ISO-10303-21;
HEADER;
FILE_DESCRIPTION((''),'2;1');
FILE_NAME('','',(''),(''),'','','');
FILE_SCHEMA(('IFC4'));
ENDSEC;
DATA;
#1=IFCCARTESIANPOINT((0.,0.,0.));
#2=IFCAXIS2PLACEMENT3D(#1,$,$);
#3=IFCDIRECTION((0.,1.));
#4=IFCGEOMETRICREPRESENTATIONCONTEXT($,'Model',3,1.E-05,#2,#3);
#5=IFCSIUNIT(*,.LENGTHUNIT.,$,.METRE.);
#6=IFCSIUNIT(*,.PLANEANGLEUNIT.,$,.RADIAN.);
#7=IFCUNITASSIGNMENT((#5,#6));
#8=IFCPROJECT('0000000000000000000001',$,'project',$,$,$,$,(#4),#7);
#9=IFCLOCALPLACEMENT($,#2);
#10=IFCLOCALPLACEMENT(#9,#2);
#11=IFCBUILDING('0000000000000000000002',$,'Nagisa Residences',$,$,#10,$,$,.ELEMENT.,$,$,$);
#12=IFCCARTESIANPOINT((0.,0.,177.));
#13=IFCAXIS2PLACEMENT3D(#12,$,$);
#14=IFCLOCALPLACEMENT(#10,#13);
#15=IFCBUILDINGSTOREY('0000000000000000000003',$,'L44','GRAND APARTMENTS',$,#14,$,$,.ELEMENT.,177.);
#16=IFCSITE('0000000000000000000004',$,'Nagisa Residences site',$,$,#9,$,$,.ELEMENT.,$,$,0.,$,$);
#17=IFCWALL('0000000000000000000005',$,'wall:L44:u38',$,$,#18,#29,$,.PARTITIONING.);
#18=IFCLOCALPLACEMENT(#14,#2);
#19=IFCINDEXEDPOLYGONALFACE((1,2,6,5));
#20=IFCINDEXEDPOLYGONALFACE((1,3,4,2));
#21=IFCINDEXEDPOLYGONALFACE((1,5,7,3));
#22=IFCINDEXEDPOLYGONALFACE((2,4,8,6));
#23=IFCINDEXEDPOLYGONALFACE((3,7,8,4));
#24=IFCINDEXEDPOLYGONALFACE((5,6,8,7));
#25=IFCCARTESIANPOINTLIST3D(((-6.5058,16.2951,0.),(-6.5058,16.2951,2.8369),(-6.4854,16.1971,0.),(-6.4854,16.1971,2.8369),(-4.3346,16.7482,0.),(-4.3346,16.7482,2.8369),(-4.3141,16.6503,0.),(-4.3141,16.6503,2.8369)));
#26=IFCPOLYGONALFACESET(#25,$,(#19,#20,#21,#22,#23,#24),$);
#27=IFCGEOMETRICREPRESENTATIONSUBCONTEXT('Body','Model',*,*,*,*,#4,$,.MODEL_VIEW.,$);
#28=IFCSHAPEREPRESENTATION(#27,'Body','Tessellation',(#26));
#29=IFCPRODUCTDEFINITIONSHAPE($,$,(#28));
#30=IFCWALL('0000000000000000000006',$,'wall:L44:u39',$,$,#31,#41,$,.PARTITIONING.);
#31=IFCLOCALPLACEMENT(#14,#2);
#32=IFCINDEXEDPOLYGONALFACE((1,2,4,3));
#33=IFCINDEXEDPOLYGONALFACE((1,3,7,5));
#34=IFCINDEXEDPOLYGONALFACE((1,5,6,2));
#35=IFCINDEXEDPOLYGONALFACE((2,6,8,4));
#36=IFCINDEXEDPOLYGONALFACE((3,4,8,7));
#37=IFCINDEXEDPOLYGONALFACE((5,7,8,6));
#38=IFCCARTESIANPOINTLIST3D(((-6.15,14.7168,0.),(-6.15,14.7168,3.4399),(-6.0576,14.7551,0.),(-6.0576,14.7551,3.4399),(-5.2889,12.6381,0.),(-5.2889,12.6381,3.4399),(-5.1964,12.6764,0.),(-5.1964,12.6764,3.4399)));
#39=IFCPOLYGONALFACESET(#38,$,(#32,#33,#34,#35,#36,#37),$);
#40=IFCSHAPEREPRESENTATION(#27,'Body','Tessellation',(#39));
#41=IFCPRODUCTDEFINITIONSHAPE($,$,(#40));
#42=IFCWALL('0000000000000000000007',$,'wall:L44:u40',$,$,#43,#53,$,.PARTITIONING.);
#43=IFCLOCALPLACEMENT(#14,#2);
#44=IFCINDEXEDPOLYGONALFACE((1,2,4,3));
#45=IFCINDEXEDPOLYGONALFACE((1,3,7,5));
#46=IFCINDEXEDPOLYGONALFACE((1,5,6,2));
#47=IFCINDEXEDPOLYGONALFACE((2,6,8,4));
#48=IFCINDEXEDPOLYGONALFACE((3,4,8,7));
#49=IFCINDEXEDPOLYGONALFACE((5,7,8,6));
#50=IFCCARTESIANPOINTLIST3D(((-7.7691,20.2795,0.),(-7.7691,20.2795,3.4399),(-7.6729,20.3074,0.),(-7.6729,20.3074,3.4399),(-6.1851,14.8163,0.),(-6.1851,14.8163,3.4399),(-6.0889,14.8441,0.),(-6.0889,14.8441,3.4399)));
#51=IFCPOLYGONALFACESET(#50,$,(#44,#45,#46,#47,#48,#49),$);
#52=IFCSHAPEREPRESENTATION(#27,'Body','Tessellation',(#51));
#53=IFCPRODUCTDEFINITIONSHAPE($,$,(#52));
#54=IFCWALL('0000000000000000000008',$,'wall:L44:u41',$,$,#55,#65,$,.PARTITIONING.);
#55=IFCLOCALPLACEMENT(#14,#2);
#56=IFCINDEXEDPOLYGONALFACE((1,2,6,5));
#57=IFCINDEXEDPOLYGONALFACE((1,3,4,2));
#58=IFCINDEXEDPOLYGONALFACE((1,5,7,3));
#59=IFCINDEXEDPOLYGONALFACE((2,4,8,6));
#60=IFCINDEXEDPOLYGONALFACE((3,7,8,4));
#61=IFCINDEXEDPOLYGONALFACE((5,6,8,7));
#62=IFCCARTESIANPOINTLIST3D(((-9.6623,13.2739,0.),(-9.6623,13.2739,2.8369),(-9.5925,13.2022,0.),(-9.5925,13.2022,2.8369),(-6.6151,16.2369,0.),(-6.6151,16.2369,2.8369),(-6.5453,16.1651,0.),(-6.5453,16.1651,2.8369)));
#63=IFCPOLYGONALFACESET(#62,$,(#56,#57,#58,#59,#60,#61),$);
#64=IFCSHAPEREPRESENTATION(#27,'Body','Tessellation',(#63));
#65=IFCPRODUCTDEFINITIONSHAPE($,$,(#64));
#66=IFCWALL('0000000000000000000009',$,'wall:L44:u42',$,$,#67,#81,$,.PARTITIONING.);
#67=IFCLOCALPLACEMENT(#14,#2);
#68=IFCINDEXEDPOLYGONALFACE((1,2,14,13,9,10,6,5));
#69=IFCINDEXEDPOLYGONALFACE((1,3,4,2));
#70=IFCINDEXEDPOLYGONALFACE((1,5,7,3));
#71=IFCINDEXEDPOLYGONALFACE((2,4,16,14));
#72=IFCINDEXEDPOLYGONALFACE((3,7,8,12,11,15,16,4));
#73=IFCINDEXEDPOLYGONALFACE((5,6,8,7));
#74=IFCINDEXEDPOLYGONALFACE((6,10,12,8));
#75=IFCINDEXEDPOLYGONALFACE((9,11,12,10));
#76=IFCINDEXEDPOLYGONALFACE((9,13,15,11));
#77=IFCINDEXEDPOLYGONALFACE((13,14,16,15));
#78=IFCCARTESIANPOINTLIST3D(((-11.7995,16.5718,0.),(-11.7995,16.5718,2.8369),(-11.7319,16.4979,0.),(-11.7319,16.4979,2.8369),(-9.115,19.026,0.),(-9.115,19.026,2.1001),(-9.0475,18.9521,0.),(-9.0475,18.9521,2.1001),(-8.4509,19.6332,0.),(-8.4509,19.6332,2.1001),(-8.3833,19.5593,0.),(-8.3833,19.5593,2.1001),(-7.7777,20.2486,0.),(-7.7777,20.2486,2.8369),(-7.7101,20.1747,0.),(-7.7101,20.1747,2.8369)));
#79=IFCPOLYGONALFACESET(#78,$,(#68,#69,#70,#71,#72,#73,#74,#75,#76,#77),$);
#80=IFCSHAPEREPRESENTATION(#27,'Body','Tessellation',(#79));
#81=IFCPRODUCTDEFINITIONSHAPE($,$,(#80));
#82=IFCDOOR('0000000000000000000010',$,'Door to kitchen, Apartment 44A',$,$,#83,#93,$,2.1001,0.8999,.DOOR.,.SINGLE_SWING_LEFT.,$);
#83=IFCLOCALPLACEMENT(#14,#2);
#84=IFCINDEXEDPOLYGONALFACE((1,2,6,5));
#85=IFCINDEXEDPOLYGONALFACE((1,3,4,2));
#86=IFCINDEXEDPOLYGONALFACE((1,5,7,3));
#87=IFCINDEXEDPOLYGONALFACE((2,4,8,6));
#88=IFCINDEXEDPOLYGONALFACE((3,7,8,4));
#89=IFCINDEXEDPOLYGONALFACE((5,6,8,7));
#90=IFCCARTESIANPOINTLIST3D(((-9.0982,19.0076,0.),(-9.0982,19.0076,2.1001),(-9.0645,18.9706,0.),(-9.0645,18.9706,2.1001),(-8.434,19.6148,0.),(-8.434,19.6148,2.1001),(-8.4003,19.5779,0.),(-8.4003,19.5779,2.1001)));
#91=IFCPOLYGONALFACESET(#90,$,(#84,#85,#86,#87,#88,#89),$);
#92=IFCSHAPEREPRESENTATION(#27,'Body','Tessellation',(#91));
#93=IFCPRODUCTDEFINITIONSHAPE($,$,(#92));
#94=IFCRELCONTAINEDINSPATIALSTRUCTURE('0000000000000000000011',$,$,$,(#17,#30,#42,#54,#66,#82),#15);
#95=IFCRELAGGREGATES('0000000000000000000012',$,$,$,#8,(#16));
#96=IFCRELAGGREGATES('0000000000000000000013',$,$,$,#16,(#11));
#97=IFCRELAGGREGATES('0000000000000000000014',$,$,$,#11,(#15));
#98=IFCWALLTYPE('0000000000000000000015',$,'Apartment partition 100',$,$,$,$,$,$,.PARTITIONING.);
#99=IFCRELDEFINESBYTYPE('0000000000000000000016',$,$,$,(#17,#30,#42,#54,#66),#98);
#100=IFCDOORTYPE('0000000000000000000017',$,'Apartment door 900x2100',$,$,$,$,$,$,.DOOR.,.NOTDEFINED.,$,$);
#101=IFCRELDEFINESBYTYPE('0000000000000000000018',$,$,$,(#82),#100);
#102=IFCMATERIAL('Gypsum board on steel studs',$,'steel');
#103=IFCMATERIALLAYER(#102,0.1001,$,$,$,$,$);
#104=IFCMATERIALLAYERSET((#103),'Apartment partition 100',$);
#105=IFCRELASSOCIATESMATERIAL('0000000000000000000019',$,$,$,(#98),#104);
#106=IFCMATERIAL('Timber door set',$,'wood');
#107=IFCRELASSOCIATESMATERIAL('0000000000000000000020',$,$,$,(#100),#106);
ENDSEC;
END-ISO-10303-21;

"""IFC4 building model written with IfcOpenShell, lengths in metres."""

from ifc_helpers import new_model, si_unit, direction, frame, frame_2d, origin, place, context, subcontext, project, spatial, rectangle, extrude, material, layer, layer_set, type_object, element, fill, save


model = new_model("IFC4")

# Units and contexts
model_context = context("Model", 3, precision=1e-05, world=origin(), true_north=direction((0.0, 1.0)))
body_context = subcontext(model_context, "Body", "Model", "MODEL_VIEW")
ifc_project = project(units=[si_unit("LENGTHUNIT", "METRE"), si_unit("PLANEANGLEUNIT", "RADIAN")], contexts=[model_context])

# Site, building, storey
site_placement = place(None, origin())
site = spatial("IfcSite", under=ifc_project, at=site_placement, Name="Nagisa Residences site", CompositionType="ELEMENT", RefElevation=0.0)
building_placement = place(site_placement, origin())
building = spatial("IfcBuilding", under=site, at=building_placement, Name="Nagisa Residences", CompositionType="ELEMENT")
storey_placement = place(building_placement, frame((0.0, 0.0, 177.0)))
storey = spatial("IfcBuildingStorey", under=building, at=storey_placement, Name="L44", Description="GRAND APARTMENTS", CompositionType="ELEMENT", Elevation=177.0)

# Shared definitions
ifc_material_1 = material(Name="Gypsum board on steel studs", Category="steel")
ifc_layer_1 = layer(ifc_material_1, 0.1001)
ifc_layer_set_1 = layer_set([ifc_layer_1], Name="Apartment partition 100")
wall_type_1 = type_object("IfcWallType", Name="Apartment partition 100", PredefinedType="PARTITIONING", material=ifc_layer_set_1)
ifc_material_2 = material(Name="Timber door set", Category="wood")
door_type_1 = type_object("IfcDoorType", Name="Apartment door 900x2100", OperationType="NOTDEFINED", PredefinedType="DOOR", material=ifc_material_2)

# Walls
wall_1_placement = place(storey_placement, frame((-4.3245, 16.6992, 0.0), z_axis=(0.0, 0.0, 1.0), x_axis=(-0.978908, -0.204302, 0.0)))
element("IfcWall", 1, at=wall_1_placement, inside=storey, type_object=wall_type_1, Name="wall:L44:u38", PredefinedType="PARTITIONING", context=body_context, shape_type="SweptSolid", body=[
    extrude(rectangle(XDim=2.218, YDim=0.1001, at=frame_2d((1.1089, 0.0))), origin(), (0.0, 0.0, 1.0), 2.8369),
])
wall_2_placement = place(storey_placement, frame((-5.2427, 12.6572, 0.0), z_axis=(0.0, 0.0, 1.0), x_axis=(-0.382719, 0.923865, 0.0)))
element("IfcWall", 2, at=wall_2_placement, inside=storey, type_object=wall_type_1, Name="wall:L44:u39", PredefinedType="PARTITIONING", context=body_context, shape_type="SweptSolid", body=[
    extrude(rectangle(XDim=2.25, YDim=0.1001, at=frame_2d((1.125, 0.0))), origin(), (0.0, 0.0, 1.0), 3.4399),
])
wall_3_placement = place(storey_placement, frame((-6.137, 14.8301, 0.0), z_axis=(0.0, 0.0, 1.0), x_axis=(-0.278472, 0.960444, 0.0)))
element("IfcWall", 3, at=wall_3_placement, inside=storey, type_object=wall_type_1, Name="wall:L44:u40", PredefinedType="PARTITIONING", context=body_context, shape_type="SweptSolid", body=[
    extrude(rectangle(XDim=5.6882, YDim=0.1001, at=frame_2d((2.8442, 0.0))), origin(), (0.0, 0.0, 1.0), 3.4399),
])
wall_4_placement = place(storey_placement, frame((-6.5803, 16.2009, 0.0), z_axis=(0.0, 0.0, 1.0), x_axis=(-0.716946, -0.697128, 0.0)))
element("IfcWall", 4, at=wall_4_placement, inside=storey, type_object=wall_type_1, Name="wall:L44:u41", PredefinedType="PARTITIONING", context=body_context, shape_type="SweptSolid", body=[
    extrude(rectangle(XDim=4.2502, YDim=0.1001, at=frame_2d((2.125, 0.0))), origin(), (0.0, 0.0, 1.0), 2.8369),
])

# Wall, opening, door
wall_5_placement = place(storey_placement, frame((-7.7439, 20.2117, 0.0), z_axis=(0.0, 0.0, 1.0), x_axis=(-0.738052, -0.674744, 0.0)))
wall_5 = element("IfcWall", 5, at=wall_5_placement, inside=storey, type_object=wall_type_1, Name="wall:L44:u42", PredefinedType="PARTITIONING", context=body_context, shape_type="SweptSolid", body=[
    extrude(rectangle(XDim=5.4492, YDim=0.1001, at=frame_2d((2.7246, 0.0))), origin(), (0.0, 0.0, 1.0), 2.8369),
])
opening_1_placement = place(wall_5_placement, frame((0.9121, 0.0, 0.0)))
opening_1 = element("IfcOpeningElement", 6, at=opening_1_placement, cuts=wall_5, PredefinedType="OPENING", context=body_context, shape_type="SweptSolid", body=[
    extrude(rectangle(XDim=0.8999, YDim=2.1001, at=frame_2d((0.45, 1.05))), frame((0.0, 0.0601, 0.0), z_axis=(0.0, -1.0, 0.0), x_axis=(1.0, 0.0, 0.0)), (0.0, 0.0, 1.0), 0.1201),
])
door_1_placement = place(opening_1_placement, origin())
door_1 = element("IfcDoor", 7, at=door_1_placement, inside=storey, type_object=door_type_1, Name="Door to kitchen, Apartment 44A", OperationType="SINGLE_SWING_LEFT", OverallHeight=2.1001, OverallWidth=0.8999, PredefinedType="DOOR", context=body_context, shape_type="SweptSolid", body=[
    extrude(rectangle(XDim=0.8999, YDim=2.1001, at=frame_2d((0.45, 1.05))), frame((0.0, 0.0249, 0.0), z_axis=(0.0, -1.0, 0.0), x_axis=(1.0, 0.0, 0.0)), (0.0, 0.0, 1.0), 0.05),
])
fill(opening_1, door_1)

save(model, "model.ifc")
